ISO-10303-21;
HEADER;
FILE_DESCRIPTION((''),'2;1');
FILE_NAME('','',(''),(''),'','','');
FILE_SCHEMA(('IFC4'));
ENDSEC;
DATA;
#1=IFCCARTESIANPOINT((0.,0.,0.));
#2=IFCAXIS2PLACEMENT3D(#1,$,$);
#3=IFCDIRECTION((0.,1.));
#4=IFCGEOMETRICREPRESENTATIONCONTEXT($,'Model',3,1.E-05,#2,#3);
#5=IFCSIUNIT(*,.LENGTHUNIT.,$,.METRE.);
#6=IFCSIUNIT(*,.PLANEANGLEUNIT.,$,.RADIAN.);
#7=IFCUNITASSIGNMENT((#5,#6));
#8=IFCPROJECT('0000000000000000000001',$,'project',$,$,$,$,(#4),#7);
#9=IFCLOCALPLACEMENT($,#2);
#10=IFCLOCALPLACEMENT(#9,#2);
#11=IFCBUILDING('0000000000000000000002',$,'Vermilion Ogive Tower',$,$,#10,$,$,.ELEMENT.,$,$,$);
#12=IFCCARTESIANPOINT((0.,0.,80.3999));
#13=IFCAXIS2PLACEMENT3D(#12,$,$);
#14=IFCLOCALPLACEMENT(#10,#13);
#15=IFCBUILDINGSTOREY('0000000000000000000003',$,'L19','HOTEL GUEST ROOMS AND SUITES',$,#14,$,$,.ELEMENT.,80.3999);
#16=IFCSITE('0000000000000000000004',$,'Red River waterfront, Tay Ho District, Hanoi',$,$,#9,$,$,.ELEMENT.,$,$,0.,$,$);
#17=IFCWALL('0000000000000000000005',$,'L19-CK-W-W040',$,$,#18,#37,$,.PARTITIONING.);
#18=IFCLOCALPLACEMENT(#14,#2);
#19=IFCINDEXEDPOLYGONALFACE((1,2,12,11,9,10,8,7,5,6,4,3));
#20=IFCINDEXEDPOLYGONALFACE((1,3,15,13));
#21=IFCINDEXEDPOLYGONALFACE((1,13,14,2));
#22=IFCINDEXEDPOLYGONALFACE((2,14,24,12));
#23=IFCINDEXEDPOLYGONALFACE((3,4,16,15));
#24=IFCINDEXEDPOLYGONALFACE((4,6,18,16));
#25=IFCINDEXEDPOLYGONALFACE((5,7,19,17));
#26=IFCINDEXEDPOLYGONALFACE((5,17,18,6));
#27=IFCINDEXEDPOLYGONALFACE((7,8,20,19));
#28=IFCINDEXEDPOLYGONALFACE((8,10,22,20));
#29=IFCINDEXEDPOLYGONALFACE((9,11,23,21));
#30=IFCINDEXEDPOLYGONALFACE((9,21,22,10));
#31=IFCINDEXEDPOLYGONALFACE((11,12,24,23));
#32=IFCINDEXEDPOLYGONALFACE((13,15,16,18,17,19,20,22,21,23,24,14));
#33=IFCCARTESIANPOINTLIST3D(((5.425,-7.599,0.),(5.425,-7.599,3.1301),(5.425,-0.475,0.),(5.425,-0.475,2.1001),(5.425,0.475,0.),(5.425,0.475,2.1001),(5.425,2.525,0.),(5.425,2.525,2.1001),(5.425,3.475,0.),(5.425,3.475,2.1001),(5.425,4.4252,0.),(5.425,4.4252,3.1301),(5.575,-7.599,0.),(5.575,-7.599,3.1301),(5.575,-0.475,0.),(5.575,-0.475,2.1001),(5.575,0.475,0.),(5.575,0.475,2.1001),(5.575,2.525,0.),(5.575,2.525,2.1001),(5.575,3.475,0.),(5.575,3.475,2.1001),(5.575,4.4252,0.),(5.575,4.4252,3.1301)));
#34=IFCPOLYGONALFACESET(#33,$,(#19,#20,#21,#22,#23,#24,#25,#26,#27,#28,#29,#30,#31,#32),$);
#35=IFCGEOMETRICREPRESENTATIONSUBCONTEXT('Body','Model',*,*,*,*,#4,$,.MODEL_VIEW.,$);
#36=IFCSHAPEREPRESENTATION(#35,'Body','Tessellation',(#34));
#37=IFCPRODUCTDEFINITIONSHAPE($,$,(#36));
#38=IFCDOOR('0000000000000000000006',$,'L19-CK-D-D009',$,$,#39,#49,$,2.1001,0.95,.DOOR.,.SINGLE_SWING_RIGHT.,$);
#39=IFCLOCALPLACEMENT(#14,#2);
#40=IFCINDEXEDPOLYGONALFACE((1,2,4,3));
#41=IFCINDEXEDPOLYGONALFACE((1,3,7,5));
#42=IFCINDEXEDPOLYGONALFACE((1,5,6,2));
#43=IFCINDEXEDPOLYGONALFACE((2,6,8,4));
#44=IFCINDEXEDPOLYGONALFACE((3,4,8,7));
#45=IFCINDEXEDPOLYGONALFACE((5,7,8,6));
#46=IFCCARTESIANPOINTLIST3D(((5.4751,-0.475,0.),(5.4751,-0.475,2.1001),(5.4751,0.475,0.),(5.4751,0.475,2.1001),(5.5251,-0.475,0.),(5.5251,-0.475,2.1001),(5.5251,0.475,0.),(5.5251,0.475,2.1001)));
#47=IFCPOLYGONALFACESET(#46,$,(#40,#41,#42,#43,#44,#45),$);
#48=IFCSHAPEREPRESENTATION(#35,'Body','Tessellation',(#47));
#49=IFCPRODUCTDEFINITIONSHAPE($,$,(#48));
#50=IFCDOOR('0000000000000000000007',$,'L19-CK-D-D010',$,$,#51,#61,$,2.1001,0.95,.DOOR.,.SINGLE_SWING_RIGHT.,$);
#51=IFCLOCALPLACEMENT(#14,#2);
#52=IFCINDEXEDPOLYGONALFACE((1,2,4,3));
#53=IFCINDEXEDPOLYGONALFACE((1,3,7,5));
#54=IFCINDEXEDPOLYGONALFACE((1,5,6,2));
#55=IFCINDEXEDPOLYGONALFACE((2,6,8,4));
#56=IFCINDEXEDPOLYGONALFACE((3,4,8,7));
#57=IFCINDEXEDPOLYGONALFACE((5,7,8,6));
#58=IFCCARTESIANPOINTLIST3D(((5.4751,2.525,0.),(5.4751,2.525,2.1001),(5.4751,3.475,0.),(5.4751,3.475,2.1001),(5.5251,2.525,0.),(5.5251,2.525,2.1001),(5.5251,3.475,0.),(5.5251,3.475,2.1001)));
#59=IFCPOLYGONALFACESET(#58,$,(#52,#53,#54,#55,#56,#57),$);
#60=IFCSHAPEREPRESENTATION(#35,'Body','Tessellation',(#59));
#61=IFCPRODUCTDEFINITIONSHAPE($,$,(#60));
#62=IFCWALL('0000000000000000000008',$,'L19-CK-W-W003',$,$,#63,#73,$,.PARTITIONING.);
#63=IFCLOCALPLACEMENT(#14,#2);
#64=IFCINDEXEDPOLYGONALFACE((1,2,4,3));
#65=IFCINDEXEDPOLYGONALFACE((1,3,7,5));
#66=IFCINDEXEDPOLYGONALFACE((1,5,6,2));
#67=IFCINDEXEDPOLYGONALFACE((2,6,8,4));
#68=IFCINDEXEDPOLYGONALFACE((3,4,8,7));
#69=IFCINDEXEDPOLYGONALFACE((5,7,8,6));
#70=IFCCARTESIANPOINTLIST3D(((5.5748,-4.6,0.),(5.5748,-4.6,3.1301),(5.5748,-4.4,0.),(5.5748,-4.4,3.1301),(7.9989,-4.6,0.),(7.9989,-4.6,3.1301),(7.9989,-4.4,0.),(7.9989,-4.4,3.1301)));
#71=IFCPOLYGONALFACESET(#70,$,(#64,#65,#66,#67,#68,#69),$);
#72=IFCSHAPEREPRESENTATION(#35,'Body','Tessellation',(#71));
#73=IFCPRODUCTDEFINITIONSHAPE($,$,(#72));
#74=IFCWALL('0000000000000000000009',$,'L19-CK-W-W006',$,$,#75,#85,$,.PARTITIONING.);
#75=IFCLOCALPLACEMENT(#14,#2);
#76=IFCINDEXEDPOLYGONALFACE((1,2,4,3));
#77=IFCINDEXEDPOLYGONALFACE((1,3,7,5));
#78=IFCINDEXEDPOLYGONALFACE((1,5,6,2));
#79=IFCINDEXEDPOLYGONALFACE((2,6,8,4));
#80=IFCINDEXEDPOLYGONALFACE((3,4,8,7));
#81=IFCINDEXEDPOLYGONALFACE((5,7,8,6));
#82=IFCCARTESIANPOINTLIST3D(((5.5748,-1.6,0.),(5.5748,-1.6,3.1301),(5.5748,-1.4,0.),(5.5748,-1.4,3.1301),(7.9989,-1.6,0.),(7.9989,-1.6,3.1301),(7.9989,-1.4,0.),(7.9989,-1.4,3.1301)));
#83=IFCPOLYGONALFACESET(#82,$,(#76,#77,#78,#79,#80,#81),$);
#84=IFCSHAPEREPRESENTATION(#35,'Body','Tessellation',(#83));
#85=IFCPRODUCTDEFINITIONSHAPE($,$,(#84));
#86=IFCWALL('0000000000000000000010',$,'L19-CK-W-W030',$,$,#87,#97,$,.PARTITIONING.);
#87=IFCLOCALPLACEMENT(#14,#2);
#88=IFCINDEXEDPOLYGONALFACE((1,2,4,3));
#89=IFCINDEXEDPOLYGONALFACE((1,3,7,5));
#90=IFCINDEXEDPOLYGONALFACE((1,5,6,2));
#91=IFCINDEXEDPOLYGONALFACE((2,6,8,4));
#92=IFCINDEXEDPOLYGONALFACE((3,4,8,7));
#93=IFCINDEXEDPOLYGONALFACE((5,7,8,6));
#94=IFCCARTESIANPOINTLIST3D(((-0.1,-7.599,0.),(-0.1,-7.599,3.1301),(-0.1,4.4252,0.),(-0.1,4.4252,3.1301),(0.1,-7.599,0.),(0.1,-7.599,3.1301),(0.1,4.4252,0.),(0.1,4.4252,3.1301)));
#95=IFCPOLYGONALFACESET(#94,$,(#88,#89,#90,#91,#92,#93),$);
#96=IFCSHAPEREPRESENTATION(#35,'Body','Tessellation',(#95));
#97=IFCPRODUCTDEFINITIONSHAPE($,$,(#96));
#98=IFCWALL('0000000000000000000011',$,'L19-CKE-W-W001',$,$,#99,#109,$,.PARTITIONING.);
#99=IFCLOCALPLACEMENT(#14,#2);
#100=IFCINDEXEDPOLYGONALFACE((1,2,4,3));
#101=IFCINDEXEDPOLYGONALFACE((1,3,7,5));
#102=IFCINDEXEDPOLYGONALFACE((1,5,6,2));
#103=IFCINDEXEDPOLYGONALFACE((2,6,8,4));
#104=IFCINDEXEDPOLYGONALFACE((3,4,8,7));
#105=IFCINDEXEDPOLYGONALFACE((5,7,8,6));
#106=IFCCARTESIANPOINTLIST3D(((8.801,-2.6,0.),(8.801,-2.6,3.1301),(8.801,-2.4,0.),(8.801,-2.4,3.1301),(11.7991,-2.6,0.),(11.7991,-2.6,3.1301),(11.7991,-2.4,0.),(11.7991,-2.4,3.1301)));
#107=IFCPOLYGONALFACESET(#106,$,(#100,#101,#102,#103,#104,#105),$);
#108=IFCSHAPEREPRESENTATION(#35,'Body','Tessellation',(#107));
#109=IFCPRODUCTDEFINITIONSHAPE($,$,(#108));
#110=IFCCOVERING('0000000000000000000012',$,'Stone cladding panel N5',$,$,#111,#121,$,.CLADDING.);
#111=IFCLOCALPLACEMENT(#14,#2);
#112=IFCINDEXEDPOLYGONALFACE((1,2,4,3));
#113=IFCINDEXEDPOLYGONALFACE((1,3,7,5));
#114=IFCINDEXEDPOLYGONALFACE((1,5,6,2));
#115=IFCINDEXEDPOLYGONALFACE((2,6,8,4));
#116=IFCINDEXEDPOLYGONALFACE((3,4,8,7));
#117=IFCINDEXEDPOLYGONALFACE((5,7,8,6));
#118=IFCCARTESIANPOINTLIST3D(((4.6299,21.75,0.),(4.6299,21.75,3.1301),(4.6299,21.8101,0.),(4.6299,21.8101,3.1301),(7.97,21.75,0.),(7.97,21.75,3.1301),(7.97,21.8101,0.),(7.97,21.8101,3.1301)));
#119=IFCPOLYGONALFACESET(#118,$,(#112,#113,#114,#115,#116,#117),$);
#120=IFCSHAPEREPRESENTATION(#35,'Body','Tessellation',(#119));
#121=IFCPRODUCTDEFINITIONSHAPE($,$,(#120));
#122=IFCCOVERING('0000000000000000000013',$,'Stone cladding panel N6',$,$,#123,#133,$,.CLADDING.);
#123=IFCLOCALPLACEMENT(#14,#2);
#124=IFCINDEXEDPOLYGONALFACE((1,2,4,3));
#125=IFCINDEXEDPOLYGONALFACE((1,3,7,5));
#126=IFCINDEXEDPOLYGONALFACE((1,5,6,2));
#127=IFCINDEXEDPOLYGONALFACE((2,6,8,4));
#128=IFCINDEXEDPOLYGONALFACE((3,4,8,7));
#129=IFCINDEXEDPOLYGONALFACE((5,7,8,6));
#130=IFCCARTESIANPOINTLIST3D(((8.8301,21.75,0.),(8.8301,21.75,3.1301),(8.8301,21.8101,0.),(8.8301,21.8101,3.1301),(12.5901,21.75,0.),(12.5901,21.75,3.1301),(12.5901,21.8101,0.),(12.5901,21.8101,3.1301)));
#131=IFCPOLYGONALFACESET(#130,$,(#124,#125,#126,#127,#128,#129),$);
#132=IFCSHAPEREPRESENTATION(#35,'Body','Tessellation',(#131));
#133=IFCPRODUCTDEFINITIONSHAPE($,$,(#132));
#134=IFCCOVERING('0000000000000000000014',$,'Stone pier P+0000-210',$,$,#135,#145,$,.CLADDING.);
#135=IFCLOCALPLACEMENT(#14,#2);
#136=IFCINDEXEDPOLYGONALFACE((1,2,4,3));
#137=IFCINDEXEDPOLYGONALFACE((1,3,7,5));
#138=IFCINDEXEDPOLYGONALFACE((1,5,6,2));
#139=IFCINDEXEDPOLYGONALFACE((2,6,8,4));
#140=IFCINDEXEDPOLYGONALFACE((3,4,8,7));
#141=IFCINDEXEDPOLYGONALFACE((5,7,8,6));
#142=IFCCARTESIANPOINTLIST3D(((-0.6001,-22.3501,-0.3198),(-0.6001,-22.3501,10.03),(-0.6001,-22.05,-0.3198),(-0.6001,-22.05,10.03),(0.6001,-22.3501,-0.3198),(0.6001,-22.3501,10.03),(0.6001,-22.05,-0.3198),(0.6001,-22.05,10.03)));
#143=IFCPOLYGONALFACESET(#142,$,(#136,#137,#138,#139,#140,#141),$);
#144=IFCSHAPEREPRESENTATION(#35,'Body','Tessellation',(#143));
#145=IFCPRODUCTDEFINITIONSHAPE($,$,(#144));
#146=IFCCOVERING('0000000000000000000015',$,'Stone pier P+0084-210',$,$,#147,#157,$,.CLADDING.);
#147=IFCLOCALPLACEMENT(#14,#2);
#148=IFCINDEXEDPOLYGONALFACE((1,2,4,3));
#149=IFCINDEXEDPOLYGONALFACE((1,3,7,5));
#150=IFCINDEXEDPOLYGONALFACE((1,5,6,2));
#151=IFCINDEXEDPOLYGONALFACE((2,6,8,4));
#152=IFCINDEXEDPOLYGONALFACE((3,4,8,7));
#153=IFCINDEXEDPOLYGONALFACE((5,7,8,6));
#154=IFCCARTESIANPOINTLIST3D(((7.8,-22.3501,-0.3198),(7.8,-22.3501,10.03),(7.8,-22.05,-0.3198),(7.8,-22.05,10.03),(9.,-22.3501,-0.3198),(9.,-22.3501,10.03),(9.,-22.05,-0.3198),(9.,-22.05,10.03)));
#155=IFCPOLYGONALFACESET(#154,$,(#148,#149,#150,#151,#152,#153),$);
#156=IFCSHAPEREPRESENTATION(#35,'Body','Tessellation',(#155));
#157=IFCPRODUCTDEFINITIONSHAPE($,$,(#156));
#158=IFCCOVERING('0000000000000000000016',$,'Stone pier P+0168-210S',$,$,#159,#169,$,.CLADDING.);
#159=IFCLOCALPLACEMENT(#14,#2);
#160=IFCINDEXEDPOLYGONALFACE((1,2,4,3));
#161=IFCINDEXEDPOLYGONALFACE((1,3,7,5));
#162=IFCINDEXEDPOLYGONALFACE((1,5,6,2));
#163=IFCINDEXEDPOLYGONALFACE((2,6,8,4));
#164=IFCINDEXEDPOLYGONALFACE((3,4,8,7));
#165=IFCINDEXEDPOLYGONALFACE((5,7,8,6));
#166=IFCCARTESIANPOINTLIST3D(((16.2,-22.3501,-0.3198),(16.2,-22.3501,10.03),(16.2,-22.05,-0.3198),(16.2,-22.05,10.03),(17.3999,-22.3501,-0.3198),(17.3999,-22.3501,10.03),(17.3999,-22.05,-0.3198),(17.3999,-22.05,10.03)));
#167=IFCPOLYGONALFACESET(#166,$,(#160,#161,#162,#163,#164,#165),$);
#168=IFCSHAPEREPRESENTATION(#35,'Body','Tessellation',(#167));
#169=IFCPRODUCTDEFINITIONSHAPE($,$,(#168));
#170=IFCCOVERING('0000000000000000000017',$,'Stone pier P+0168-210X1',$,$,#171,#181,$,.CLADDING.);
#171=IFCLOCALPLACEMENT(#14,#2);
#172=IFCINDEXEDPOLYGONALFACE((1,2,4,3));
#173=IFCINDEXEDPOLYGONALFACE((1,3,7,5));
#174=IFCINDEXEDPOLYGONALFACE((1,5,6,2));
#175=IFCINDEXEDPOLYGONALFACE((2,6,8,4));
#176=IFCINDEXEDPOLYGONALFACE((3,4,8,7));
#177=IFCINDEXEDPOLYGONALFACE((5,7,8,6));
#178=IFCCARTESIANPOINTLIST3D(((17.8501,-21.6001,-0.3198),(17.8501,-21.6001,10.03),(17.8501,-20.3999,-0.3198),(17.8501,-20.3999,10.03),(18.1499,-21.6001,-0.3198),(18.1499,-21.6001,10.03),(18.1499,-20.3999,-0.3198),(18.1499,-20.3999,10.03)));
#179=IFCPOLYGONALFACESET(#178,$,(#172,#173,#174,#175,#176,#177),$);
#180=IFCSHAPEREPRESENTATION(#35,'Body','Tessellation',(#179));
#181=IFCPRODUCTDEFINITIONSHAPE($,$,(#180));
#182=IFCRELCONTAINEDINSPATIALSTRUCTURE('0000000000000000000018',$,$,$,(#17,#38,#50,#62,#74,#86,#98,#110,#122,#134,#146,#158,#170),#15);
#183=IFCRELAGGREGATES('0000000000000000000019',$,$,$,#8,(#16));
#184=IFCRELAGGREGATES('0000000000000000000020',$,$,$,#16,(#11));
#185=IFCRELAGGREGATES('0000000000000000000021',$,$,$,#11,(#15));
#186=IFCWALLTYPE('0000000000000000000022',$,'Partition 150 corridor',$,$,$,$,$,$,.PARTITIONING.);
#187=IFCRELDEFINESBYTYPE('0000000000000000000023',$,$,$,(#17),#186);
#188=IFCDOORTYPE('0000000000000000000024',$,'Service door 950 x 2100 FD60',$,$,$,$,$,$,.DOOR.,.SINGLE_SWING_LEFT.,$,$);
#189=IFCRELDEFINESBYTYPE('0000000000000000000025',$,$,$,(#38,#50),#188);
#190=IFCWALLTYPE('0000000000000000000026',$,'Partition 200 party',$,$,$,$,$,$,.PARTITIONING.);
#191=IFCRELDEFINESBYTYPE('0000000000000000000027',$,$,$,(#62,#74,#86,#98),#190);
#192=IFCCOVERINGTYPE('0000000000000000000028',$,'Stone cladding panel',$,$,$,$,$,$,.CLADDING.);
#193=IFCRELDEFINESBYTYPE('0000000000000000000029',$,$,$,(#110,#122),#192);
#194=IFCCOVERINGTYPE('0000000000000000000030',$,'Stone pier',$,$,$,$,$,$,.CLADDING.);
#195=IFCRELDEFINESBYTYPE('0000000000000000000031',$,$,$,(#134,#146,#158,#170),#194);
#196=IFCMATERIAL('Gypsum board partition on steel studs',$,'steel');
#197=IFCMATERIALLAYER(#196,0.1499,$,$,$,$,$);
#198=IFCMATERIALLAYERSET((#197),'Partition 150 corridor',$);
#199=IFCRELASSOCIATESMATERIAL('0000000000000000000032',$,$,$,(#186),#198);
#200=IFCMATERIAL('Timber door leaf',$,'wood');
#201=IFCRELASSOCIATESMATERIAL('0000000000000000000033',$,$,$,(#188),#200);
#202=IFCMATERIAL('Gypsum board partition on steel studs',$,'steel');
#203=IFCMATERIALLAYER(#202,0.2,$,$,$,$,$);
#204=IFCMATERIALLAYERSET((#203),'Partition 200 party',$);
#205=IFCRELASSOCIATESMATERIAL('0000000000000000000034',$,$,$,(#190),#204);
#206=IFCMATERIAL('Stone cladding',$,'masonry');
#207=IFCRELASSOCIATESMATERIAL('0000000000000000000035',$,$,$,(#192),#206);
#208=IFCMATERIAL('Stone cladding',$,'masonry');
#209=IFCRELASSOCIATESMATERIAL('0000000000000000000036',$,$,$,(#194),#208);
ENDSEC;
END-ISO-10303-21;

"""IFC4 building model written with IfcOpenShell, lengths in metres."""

from ifc_helpers import new_model, si_unit, direction, frame, frame_2d, origin, place, context, subcontext, project, spatial, polyline, rectangle, outline, extrude, material, layer, layer_set, type_object, element, fill, save


model = new_model("IFC4")

# Units and contexts
model_context = context("Model", 3, precision=1e-05, world=origin(), true_north=direction((0.0, 1.0)))
body_context = subcontext(model_context, "Body", "Model", "MODEL_VIEW")
ifc_project = project(units=[si_unit("LENGTHUNIT", "METRE"), si_unit("PLANEANGLEUNIT", "RADIAN")], contexts=[model_context])

# Site, building, storey
site_placement = place(None, origin())
site = spatial("IfcSite", under=ifc_project, at=site_placement, Name="Red River waterfront, Tay Ho District, Hanoi", CompositionType="ELEMENT", RefElevation=0.0)
building_placement = place(site_placement, origin())
building = spatial("IfcBuilding", under=site, at=building_placement, Name="Vermilion Ogive Tower", CompositionType="ELEMENT")
storey_placement = place(building_placement, frame((0.0, 0.0, 80.3999)))
storey = spatial("IfcBuildingStorey", under=building, at=storey_placement, Name="L19", Description="HOTEL GUEST ROOMS AND SUITES", CompositionType="ELEMENT", Elevation=80.3999)

# Shared definitions
ifc_material_1 = material(Name="Gypsum board partition on steel studs", Category="steel")
ifc_layer_1 = layer(ifc_material_1, 0.1499)
ifc_layer_set_1 = layer_set([ifc_layer_1], Name="Partition 150 corridor")
wall_type_1 = type_object("IfcWallType", Name="Partition 150 corridor", PredefinedType="PARTITIONING", material=ifc_layer_set_1)

# Wall, openings, doors
wall_1_placement = place(storey_placement, frame((5.5, -7.5991, 0.0), z_axis=(0.0, 0.0, 1.0), x_axis=(0.0, 1.0, 0.0)))
wall_1 = element("IfcWall", 1, at=wall_1_placement, inside=storey, type_object=wall_type_1, Name="L19-CK-W-W040", PredefinedType="PARTITIONING", context=body_context, shape_type="SweptSolid", body=[
    extrude(rectangle(XDim=12.0242, YDim=0.1499, at=frame_2d((6.0122, 0.0))), origin(), (0.0, 0.0, 1.0), 3.1301),
])
opening_1_placement = place(wall_1_placement, frame((7.124, 0.0, 0.0)))
opening_1 = element("IfcOpeningElement", 2, at=opening_1_placement, cuts=wall_1, PredefinedType="OPENING", context=body_context, shape_type="SweptSolid", body=[
    extrude(rectangle(XDim=0.95, YDim=2.1001, at=frame_2d((0.4751, 1.05))), frame((0.0, 0.085, 0.0), z_axis=(0.0, -1.0, 0.0), x_axis=(1.0, 0.0, 0.0)), (0.0, 0.0, 1.0), 0.1699),
])
opening_2_placement = place(wall_1_placement, frame((10.124, 0.0, 0.0)))
opening_2 = element("IfcOpeningElement", 3, at=opening_2_placement, cuts=wall_1, PredefinedType="OPENING", context=body_context, shape_type="SweptSolid", body=[
    extrude(rectangle(XDim=0.95, YDim=2.1001, at=frame_2d((0.4751, 1.05))), frame((0.0, 0.085, 0.0), z_axis=(0.0, -1.0, 0.0), x_axis=(1.0, 0.0, 0.0)), (0.0, 0.0, 1.0), 0.1699),
])
ifc_material_2 = material(Name="Timber door leaf", Category="wood")
door_type_1 = type_object("IfcDoorType", Name="Service door 950 x 2100 FD60", OperationType="SINGLE_SWING_LEFT", PredefinedType="DOOR", material=ifc_material_2)
door_1_placement = place(opening_1_placement, origin())
door_1 = element("IfcDoor", 4, at=door_1_placement, inside=storey, type_object=door_type_1, Name="L19-CK-D-D009", OperationType="SINGLE_SWING_RIGHT", OverallHeight=2.1001, OverallWidth=0.95, PredefinedType="DOOR", context=body_context, shape_type="SweptSolid", body=[
    extrude(rectangle(XDim=0.95, YDim=2.1001, at=frame_2d((0.4751, 1.05))), frame((0.0, 0.0249, 0.0), z_axis=(0.0, -1.0, 0.0), x_axis=(1.0, 0.0, 0.0)), (0.0, 0.0, 1.0), 0.05),
])
fill(opening_1, door_1)
door_2_placement = place(opening_2_placement, origin())
door_2 = element("IfcDoor", 5, at=door_2_placement, inside=storey, type_object=door_type_1, Name="L19-CK-D-D010", OperationType="SINGLE_SWING_RIGHT", OverallHeight=2.1001, OverallWidth=0.95, PredefinedType="DOOR", context=body_context, shape_type="SweptSolid", body=[
    extrude(rectangle(XDim=0.95, YDim=2.1001, at=frame_2d((0.4751, 1.05))), frame((0.0, 0.0249, 0.0), z_axis=(0.0, -1.0, 0.0), x_axis=(1.0, 0.0, 0.0)), (0.0, 0.0, 1.0), 0.05),
])
fill(opening_2, door_2)

# Walls
ifc_material_3 = material(Name="Gypsum board partition on steel studs", Category="steel")
ifc_layer_2 = layer(ifc_material_3, 0.2)
ifc_layer_set_2 = layer_set([ifc_layer_2], Name="Partition 200 party")
wall_type_2 = type_object("IfcWallType", Name="Partition 200 party", PredefinedType="PARTITIONING", material=ifc_layer_set_2)
for number, where, z_axis, x_axis, name in (
    (6, (5.575, -4.5, 0.0), (0.0, 0.0, 1.0), (1.0, 0.0, 0.0), "L19-CK-W-W003"),
    (7, (5.575, -1.5, 0.0), (0.0, 0.0, 1.0), (1.0, 0.0, 0.0), "L19-CK-W-W006"),
):
    element("IfcWall", number, at=place(storey_placement, frame(where, z_axis=z_axis, x_axis=x_axis)), inside=storey, type_object=wall_type_2, Name=name, PredefinedType="PARTITIONING", context=body_context, shape_type="SweptSolid", body=[
        extrude(rectangle(XDim=2.4241, YDim=0.2, at=frame_2d((1.2119, 0.0))), origin(), (0.0, 0.0, 1.0), 3.1301),
    ])
wall_2_placement = place(storey_placement, frame((0.0, -7.5991, 0.0), z_axis=(0.0, 0.0, 1.0), x_axis=(0.0, 1.0, 0.0)))
element("IfcWall", 8, at=wall_2_placement, inside=storey, type_object=wall_type_2, Name="L19-CK-W-W030", PredefinedType="PARTITIONING", context=body_context, shape_type="SweptSolid", body=[
    extrude(rectangle(XDim=12.0242, YDim=0.2, at=frame_2d((6.0122, 0.0))), origin(), (0.0, 0.0, 1.0), 3.1301),
])
wall_3_placement = place(storey_placement, frame((8.801, -2.5, 0.0), z_axis=(0.0, 0.0, 1.0), x_axis=(1.0, 0.0, 0.0)))
element("IfcWall", 9, at=wall_3_placement, inside=storey, type_object=wall_type_2, Name="L19-CKE-W-W001", PredefinedType="PARTITIONING", context=body_context, shape_type="SweptSolid", body=[
    extrude(rectangle(XDim=2.998, YDim=0.2, at=frame_2d((1.499, 0.0))), origin(), (0.0, 0.0, 1.0), 3.1301),
])

# Coverings
ifc_material_4 = material(Name="Stone cladding", Category="masonry")
covering_type_1 = type_object("IfcCoveringType", Name="Stone cladding panel", PredefinedType="CLADDING", material=ifc_material_4)
covering_1_placement = place(storey_placement, origin())
element("IfcCovering", 10, at=covering_1_placement, inside=storey, type_object=covering_type_1, Name="Stone cladding panel N5", PredefinedType="CLADDING", context=body_context, shape_type="SweptSolid", body=[
    extrude(outline(polyline([(4.6299, 21.75), (7.97, 21.75), (7.97, 21.8101), (4.6299, 21.8101), (4.6299, 21.75)])), origin(), (0.0, 0.0, 1.0), 3.1301),
])
covering_2_placement = place(storey_placement, origin())
element("IfcCovering", 11, at=covering_2_placement, inside=storey, type_object=covering_type_1, Name="Stone cladding panel N6", PredefinedType="CLADDING", context=body_context, shape_type="SweptSolid", body=[
    extrude(outline(polyline([(8.8301, 21.75), (12.5901, 21.75), (12.5901, 21.8101), (8.8301, 21.8101), (8.8301, 21.75)])), origin(), (0.0, 0.0, 1.0), 3.1301),
])
ifc_material_5 = material(Name="Stone cladding", Category="masonry")
covering_type_2 = type_object("IfcCoveringType", Name="Stone pier", PredefinedType="CLADDING", material=ifc_material_5)
covering_3_placement = place(storey_placement, frame((0.0, 0.0, -0.3198)))
element("IfcCovering", 12, at=covering_3_placement, inside=storey, type_object=covering_type_2, Name="Stone pier P+0000-210", PredefinedType="CLADDING", context=body_context, shape_type="SweptSolid", body=[
    extrude(outline(polyline([(0.6001, -22.3501), (-0.6001, -22.3501), (-0.6001, -22.05), (0.6001, -22.05), (0.6001, -22.3501)])), origin(), (0.0, 0.0, 1.0), 10.3499),
])
covering_4_placement = place(storey_placement, frame((0.0, 0.0, -0.3198)))
element("IfcCovering", 13, at=covering_4_placement, inside=storey, type_object=covering_type_2, Name="Stone pier P+0084-210", PredefinedType="CLADDING", context=body_context, shape_type="SweptSolid", body=[
    extrude(outline(polyline([(9.0, -22.3501), (7.8, -22.3501), (7.8, -22.05), (9.0, -22.05), (9.0, -22.3501)])), origin(), (0.0, 0.0, 1.0), 10.3499),
])
covering_5_placement = place(storey_placement, frame((0.0, 0.0, -0.3198)))
element("IfcCovering", 14, at=covering_5_placement, inside=storey, type_object=covering_type_2, Name="Stone pier P+0168-210S", PredefinedType="CLADDING", context=body_context, shape_type="SweptSolid", body=[
    extrude(outline(polyline([(17.3999, -22.3501), (16.2, -22.3501), (16.2, -22.05), (17.3999, -22.05), (17.3999, -22.3501)])), origin(), (0.0, 0.0, 1.0), 10.3499),
])
covering_6_placement = place(storey_placement, frame((0.0, 0.0, -0.3198)))
element("IfcCovering", 15, at=covering_6_placement, inside=storey, type_object=covering_type_2, Name="Stone pier P+0168-210X1", PredefinedType="CLADDING", context=body_context, shape_type="SweptSolid", body=[
    extrude(outline(polyline([(18.1499, -21.6001), (17.8501, -21.6001), (17.8501, -20.3999), (18.1499, -20.3999), (18.1499, -21.6001)])), origin(), (0.0, 0.0, 1.0), 10.3499),
])

save(model, "model.ifc")
